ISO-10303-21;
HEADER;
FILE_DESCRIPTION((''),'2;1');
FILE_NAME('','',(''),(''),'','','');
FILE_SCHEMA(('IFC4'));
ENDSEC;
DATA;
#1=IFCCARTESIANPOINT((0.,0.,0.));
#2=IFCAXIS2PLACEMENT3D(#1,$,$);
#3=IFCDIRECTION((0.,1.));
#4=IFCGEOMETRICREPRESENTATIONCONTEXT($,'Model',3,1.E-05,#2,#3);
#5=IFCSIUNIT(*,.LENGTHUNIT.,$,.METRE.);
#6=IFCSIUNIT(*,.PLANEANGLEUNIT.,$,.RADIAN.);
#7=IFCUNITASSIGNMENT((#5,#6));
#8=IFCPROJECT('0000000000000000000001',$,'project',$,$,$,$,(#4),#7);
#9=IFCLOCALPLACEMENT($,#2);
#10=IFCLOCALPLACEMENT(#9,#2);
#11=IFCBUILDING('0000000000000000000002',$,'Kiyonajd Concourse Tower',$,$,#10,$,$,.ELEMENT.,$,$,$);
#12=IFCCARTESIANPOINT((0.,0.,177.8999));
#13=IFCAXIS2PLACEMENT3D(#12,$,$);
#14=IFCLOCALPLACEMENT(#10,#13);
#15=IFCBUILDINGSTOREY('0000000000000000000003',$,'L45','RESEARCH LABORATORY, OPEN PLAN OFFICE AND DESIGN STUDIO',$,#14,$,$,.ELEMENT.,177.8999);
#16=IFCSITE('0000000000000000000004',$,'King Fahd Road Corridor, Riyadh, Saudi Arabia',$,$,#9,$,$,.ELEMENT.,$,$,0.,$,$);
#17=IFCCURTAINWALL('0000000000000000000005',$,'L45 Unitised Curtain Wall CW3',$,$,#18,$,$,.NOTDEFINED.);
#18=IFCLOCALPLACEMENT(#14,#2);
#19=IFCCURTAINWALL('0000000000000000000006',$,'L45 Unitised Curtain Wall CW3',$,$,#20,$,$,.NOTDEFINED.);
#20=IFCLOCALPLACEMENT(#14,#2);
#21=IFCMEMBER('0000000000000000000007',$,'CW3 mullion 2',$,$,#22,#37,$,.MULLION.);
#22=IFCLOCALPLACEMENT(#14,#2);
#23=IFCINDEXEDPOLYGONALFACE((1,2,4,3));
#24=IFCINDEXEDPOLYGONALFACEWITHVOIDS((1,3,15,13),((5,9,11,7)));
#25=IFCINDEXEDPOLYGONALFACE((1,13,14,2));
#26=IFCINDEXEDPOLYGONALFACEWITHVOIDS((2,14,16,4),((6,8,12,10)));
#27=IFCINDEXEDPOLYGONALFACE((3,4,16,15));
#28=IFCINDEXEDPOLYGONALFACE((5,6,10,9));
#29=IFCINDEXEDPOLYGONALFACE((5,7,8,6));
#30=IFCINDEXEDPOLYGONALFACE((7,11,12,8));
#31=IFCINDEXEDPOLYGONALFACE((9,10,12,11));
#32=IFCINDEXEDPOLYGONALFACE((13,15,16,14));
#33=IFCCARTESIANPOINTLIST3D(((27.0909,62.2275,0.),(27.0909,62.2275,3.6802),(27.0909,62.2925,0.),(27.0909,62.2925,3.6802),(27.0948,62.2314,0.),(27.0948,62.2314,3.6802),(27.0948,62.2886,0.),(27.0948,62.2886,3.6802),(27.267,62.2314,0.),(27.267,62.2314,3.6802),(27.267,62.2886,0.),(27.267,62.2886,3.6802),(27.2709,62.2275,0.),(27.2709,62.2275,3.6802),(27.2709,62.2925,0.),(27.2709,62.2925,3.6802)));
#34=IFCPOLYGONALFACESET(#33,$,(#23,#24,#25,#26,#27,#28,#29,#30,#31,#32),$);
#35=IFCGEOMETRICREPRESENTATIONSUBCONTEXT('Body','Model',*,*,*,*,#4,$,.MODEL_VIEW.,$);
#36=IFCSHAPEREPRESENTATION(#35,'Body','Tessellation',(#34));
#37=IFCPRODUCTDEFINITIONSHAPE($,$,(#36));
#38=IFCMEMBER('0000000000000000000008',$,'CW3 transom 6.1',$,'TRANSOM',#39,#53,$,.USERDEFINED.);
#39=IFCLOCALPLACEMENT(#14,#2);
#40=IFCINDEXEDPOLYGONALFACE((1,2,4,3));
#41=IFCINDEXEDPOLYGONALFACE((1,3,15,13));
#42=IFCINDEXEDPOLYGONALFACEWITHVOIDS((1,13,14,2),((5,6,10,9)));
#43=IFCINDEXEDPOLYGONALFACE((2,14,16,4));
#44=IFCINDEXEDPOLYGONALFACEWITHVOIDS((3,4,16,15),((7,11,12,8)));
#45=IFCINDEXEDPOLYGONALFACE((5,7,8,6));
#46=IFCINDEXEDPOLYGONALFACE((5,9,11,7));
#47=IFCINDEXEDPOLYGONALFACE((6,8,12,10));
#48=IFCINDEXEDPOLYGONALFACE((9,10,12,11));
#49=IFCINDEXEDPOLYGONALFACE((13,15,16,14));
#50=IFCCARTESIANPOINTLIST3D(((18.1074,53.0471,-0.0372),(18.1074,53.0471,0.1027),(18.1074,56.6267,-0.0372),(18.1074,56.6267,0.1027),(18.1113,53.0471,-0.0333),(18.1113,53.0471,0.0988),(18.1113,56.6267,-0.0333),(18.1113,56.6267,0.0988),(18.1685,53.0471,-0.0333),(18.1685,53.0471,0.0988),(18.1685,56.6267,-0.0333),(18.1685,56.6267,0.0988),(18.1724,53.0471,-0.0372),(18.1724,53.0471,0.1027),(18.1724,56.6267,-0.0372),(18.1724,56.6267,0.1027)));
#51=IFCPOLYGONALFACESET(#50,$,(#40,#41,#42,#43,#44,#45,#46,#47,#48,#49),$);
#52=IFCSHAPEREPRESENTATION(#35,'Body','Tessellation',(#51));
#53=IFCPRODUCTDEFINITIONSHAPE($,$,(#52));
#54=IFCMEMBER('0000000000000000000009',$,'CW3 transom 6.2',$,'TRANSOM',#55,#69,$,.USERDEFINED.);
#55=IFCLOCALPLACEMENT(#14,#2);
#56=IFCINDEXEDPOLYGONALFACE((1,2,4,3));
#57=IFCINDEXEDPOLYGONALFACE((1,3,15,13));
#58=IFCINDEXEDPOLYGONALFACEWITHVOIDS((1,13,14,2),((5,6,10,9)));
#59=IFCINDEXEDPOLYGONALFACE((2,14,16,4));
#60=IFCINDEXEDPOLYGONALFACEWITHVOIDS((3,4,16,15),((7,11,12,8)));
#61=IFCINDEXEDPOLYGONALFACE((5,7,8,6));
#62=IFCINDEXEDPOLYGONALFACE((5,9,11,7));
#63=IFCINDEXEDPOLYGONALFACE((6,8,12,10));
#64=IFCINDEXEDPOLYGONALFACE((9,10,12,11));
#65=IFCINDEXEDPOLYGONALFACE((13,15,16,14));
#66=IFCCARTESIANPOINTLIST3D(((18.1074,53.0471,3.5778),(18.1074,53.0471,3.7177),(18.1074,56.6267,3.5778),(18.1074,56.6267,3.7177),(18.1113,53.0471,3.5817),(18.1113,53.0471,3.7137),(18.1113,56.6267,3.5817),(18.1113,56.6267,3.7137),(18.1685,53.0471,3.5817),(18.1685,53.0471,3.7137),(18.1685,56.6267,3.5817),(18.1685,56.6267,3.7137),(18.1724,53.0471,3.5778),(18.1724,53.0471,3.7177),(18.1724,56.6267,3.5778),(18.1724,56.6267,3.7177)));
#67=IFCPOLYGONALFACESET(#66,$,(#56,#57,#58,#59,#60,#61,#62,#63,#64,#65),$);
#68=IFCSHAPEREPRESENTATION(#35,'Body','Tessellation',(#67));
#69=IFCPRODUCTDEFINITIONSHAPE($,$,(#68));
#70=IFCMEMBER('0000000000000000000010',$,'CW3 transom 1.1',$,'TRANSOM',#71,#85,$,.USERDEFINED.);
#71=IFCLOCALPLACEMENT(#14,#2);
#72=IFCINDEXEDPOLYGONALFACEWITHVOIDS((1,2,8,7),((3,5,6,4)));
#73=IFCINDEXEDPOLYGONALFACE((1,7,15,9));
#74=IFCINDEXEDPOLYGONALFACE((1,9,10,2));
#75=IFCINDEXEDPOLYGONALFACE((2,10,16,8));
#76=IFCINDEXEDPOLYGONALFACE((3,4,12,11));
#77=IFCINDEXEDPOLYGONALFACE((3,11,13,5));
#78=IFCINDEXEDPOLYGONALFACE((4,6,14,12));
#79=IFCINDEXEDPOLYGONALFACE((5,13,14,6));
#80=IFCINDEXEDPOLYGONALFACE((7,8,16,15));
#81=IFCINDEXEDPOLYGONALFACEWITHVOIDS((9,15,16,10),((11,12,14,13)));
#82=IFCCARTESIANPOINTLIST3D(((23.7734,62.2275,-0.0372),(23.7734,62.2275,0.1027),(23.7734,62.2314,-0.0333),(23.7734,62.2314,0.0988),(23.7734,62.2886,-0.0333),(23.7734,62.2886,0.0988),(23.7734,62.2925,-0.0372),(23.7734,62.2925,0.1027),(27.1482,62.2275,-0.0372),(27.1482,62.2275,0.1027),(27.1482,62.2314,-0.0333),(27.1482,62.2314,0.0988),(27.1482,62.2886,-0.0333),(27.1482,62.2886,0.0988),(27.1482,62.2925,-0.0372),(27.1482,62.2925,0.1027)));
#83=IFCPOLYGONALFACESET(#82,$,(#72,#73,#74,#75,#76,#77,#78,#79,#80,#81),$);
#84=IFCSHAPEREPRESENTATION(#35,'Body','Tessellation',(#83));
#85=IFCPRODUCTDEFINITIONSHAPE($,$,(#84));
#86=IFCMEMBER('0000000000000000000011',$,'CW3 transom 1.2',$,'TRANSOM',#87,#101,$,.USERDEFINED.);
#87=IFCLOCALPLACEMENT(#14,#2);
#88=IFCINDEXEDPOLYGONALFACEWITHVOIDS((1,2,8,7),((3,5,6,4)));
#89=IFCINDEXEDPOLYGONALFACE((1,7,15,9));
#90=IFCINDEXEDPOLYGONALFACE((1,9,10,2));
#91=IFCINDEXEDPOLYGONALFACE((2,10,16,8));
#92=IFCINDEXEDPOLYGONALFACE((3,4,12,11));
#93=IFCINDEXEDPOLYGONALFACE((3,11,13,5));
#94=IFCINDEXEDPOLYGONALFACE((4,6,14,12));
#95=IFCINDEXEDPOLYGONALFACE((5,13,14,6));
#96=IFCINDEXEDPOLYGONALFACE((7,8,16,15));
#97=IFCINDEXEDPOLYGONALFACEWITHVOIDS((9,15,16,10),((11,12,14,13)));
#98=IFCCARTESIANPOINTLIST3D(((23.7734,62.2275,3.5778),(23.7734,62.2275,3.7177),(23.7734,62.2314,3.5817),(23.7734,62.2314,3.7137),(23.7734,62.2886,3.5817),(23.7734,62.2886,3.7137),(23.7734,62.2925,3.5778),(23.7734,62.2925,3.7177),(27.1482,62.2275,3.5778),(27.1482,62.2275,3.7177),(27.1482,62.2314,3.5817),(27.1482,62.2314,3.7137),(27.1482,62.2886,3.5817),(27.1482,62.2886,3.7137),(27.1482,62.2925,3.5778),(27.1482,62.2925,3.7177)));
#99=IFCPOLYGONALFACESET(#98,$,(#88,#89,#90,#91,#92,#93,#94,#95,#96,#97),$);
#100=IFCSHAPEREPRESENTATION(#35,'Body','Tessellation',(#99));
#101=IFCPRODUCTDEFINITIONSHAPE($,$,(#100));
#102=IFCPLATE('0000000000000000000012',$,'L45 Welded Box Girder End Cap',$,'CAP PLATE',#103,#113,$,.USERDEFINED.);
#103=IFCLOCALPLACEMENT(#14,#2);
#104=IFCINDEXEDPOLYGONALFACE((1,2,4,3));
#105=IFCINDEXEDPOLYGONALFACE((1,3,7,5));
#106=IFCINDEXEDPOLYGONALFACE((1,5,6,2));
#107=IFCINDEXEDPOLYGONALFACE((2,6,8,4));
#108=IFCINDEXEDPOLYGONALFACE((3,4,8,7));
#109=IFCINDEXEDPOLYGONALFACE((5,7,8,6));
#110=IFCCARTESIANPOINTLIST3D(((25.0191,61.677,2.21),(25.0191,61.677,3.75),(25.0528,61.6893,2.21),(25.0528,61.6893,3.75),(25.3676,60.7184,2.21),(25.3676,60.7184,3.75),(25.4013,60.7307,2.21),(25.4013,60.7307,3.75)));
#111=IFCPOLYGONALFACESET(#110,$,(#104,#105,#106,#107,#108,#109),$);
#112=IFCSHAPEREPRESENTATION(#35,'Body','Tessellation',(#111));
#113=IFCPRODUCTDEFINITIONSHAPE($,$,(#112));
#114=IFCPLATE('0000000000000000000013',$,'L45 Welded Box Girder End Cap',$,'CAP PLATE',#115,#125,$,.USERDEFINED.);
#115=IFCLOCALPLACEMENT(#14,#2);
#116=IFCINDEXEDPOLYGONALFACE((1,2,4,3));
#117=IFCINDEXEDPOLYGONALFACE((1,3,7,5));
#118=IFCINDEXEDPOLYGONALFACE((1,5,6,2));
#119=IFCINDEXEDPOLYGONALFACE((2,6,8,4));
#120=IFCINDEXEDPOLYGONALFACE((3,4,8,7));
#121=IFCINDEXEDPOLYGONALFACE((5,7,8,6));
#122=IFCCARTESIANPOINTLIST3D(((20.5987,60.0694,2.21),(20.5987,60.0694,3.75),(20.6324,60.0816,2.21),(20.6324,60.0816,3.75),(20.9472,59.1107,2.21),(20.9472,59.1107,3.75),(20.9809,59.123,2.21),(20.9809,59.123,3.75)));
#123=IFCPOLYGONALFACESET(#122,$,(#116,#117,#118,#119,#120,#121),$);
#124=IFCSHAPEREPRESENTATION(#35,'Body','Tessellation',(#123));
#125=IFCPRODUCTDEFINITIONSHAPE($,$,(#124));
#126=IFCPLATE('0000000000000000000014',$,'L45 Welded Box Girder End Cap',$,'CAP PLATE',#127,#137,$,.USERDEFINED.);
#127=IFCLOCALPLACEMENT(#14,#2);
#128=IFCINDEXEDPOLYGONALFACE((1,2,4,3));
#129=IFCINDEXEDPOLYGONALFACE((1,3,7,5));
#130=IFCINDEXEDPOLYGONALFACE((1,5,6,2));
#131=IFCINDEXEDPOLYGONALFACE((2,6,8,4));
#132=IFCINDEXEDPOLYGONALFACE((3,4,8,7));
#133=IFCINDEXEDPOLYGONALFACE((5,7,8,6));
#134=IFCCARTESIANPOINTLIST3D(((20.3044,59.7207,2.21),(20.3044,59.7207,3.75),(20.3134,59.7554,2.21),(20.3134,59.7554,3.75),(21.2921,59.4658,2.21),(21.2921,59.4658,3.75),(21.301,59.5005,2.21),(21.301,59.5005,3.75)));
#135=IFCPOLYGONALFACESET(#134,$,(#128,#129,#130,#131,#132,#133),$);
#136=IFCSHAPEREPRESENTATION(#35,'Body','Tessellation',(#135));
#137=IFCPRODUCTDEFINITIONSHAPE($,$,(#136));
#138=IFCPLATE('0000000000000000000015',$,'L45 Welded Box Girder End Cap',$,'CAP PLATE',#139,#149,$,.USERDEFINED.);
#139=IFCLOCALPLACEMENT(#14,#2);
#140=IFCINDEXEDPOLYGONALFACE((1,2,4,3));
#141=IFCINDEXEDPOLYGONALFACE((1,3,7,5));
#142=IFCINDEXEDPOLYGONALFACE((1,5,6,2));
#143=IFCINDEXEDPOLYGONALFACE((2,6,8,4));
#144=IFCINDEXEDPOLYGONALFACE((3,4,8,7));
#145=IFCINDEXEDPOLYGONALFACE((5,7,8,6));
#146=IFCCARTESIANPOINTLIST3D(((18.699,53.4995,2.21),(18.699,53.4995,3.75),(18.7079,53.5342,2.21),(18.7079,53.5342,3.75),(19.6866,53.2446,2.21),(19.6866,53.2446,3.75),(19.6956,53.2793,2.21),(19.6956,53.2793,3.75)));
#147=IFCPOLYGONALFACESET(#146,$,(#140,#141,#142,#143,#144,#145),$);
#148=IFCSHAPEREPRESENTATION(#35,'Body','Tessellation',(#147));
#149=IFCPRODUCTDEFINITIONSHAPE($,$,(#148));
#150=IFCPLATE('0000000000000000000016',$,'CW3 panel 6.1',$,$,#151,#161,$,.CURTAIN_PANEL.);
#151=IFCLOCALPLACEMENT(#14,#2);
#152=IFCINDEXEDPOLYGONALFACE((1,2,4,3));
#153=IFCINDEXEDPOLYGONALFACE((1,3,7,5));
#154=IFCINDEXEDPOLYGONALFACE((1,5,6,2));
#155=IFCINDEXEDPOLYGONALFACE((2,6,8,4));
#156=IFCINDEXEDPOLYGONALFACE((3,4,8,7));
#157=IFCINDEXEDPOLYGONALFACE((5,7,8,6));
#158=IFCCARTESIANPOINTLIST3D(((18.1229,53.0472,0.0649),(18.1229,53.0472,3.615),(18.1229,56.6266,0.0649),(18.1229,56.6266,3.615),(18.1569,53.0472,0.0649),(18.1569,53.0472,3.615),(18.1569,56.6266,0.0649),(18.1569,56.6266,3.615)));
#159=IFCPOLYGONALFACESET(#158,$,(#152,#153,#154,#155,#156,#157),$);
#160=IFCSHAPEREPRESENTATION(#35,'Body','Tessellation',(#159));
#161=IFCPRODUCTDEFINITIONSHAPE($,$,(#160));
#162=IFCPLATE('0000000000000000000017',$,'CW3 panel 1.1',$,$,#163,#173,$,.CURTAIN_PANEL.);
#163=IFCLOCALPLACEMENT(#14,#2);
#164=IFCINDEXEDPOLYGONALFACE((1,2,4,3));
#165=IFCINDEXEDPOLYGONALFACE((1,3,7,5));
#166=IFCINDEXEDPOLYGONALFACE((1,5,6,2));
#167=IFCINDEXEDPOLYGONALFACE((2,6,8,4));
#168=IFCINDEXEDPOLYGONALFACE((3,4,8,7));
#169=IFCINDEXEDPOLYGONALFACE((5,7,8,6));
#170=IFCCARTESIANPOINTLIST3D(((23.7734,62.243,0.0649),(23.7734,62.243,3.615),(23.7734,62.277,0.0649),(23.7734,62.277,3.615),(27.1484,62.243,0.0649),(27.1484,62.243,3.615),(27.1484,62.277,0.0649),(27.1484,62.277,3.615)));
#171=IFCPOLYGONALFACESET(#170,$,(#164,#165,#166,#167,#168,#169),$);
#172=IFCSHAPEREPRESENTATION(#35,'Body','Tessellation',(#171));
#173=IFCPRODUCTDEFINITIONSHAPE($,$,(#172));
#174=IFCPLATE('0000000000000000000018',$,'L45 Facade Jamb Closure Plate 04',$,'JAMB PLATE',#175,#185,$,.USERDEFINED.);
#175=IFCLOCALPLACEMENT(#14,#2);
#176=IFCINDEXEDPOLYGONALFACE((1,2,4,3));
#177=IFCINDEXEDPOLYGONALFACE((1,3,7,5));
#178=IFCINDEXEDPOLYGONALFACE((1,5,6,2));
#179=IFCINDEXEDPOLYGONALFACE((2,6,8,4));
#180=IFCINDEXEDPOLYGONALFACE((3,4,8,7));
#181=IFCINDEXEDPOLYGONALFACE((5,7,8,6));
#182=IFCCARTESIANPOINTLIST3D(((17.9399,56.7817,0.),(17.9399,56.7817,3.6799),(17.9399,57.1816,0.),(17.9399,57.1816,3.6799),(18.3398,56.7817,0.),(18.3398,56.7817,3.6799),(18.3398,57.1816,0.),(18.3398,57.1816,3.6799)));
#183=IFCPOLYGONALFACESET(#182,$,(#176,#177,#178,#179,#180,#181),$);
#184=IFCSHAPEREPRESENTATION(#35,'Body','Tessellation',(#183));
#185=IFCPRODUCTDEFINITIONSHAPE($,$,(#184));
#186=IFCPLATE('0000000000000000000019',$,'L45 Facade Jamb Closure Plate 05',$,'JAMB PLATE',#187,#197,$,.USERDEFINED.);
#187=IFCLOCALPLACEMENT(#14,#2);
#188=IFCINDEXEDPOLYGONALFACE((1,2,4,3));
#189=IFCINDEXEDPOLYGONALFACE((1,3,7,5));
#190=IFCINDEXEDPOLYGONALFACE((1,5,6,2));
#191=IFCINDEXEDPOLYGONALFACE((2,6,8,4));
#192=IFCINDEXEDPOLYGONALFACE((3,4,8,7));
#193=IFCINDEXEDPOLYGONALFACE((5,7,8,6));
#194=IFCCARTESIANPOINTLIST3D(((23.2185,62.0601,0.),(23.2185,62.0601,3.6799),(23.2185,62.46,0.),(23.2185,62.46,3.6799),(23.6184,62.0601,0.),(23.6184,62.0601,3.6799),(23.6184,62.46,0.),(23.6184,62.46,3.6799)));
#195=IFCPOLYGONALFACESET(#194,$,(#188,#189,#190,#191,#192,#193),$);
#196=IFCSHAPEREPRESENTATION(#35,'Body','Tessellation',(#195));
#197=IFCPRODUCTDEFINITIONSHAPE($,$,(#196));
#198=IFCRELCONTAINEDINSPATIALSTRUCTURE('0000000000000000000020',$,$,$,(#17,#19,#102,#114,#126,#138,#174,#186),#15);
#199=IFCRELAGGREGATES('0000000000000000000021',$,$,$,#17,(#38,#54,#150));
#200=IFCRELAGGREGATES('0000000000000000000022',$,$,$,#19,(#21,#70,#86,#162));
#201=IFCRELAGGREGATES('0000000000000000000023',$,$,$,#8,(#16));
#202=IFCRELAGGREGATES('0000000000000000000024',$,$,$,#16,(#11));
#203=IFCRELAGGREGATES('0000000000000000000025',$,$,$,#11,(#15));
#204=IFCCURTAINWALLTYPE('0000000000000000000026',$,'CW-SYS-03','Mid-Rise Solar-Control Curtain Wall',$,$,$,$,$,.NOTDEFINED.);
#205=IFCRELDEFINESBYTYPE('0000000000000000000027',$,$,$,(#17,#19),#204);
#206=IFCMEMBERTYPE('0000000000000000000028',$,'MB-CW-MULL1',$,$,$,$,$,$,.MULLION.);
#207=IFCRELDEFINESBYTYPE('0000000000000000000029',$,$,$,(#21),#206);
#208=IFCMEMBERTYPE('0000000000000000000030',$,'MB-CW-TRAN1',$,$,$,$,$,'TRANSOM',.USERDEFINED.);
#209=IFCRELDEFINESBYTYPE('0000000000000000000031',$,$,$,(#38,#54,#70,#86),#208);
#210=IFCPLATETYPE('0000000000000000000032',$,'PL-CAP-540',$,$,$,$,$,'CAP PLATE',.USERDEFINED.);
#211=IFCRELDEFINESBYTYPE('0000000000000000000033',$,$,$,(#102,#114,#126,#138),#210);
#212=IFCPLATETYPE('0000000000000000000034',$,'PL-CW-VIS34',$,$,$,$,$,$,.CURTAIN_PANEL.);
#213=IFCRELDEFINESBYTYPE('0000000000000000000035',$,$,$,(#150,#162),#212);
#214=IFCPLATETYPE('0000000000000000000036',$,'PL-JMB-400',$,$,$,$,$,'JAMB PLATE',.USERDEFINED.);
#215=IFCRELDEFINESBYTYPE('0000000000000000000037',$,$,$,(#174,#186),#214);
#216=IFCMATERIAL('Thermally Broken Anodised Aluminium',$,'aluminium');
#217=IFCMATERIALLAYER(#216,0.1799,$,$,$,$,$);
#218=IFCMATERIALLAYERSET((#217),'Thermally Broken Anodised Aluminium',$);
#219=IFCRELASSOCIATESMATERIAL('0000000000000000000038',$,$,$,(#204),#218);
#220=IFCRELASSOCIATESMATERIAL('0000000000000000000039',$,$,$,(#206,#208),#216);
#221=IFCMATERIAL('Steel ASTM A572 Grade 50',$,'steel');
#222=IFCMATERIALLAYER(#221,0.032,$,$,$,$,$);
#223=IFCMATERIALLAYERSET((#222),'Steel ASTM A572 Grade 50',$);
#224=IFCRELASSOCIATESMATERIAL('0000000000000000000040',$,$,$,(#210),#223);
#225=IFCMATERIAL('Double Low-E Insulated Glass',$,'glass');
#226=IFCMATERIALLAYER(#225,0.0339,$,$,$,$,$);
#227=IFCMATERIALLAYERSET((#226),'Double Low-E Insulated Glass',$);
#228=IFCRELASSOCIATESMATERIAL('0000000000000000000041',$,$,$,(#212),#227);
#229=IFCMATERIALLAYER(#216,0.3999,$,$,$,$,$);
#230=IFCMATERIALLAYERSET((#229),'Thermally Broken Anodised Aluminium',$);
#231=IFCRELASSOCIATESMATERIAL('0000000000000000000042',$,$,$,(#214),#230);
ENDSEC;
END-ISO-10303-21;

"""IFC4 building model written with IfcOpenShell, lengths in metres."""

from ifc_helpers import new_model, si_unit, direction, frame, origin, origin_2d, place, context, subcontext, project, spatial, rectangle, hollow_rectangle, extrude, material, layer, layer_set, material_profile, profile_set, type_object, element, aggregate, save


model = new_model("IFC4")

# Units and contexts
model_context = context("Model", 3, precision=1e-05, world=origin(), true_north=direction((0.0, 1.0)))
body_context = subcontext(model_context, "Body", "Model", "MODEL_VIEW")
ifc_project = project(units=[si_unit("LENGTHUNIT", "METRE"), si_unit("PLANEANGLEUNIT", "RADIAN")], contexts=[model_context])

# Site, building, storey
site_placement = place(None, origin())
site = spatial("IfcSite", under=ifc_project, at=site_placement, Name="King Fahd Road Corridor, Riyadh, Saudi Arabia", CompositionType="ELEMENT", RefElevation=0.0)
building_placement = place(site_placement, origin())
building = spatial("IfcBuilding", under=site, at=building_placement, Name="Kiyonajd Concourse Tower", CompositionType="ELEMENT")
storey_placement = place(building_placement, frame((0.0, 0.0, 177.8999)))
storey = spatial("IfcBuildingStorey", under=building, at=storey_placement, Name="L45", Description="RESEARCH LABORATORY, OPEN PLAN OFFICE AND DESIGN STUDIO", CompositionType="ELEMENT", Elevation=177.8999)

# Shared definitions
ifc_material_1 = material(Name="Steel ASTM A572 Grade 50", Category="steel")

# Curtain walls, member
ifc_material_2 = material(Name="Thermally Broken Anodised Aluminium", Category="aluminium")
ifc_layer_1 = layer(ifc_material_2, 0.1799)
ifc_layer_set_1 = layer_set([ifc_layer_1], Name="Thermally Broken Anodised Aluminium")
curtain_wall_type = type_object("IfcCurtainWallType", Name="CW-SYS-03", Description="Mid-Rise Solar-Control Curtain Wall", PredefinedType="NOTDEFINED", material=ifc_layer_set_1)
curtain_wall_1_placement = place(storey_placement, origin())
curtain_wall_1 = element("IfcCurtainWall", 1, at=curtain_wall_1_placement, inside=storey, type_object=curtain_wall_type, Name="L45 Unitised Curtain Wall CW3", PredefinedType="NOTDEFINED")
ifc_material_profile_1 = material_profile(ifc_material_2, hollow_rectangle(XDim=0.0649, YDim=0.1799, WallThickness=0.0039, at=origin_2d()), Name="MULL-65x180")
ifc_profile_set_1 = profile_set([ifc_material_profile_1], Name="Thermally Broken Anodised Aluminium")
member_type_1 = type_object("IfcMemberType", Name="MB-CW-MULL1", PredefinedType="MULLION", material=ifc_profile_set_1)
curtain_wall_2_placement = place(storey_placement, origin())
curtain_wall_2 = element("IfcCurtainWall", 2, at=curtain_wall_2_placement, inside=storey, type_object=curtain_wall_type, Name="L45 Unitised Curtain Wall CW3", PredefinedType="NOTDEFINED")
member_1_placement = place(storey_placement, frame((27.1809, 62.26, 0.0), z_axis=(0.0, 0.0, 1.0), x_axis=(0.0, 1.0, 0.0)))
member_1 = element("IfcMember", 3, at=member_1_placement, type_object=member_type_1, Name="CW3 mullion 2", PredefinedType="MULLION", context=body_context, shape_type="SweptSolid", body=[
    extrude(hollow_rectangle(XDim=0.0649, YDim=0.1799, WallThickness=0.0039, at=origin_2d()), origin(), (0.0, 0.0, 1.0), 3.6802),
])

# Members
ifc_material_profile_2 = material_profile(ifc_material_2, hollow_rectangle(XDim=0.0649, YDim=0.1399, WallThickness=0.0039, at=origin_2d()), Name="TRAN-65x140")
ifc_profile_set_2 = profile_set([ifc_material_profile_2], Name="Thermally Broken Anodised Aluminium")
member_type_2 = type_object("IfcMemberType", Name="MB-CW-TRAN1", ElementType="TRANSOM", PredefinedType="USERDEFINED", material=ifc_profile_set_2)
member_2_placement = place(storey_placement, frame((18.1399, 53.0471, 0.0327), z_axis=(0.0, 1.0, 0.0), x_axis=(-1.0, 0.0, 0.0)))
member_2 = element("IfcMember", 4, at=member_2_placement, type_object=member_type_2, Name="CW3 transom 6.1", ObjectType="TRANSOM", PredefinedType="USERDEFINED", context=body_context, shape_type="SweptSolid", body=[
    extrude(hollow_rectangle(XDim=0.0649, YDim=0.1399, WallThickness=0.0039, at=origin_2d()), origin(), (0.0, 0.0, 1.0), 3.5796),
])
member_3_placement = place(storey_placement, frame((18.1399, 53.0471, 3.6477), z_axis=(0.0, 1.0, 0.0), x_axis=(-1.0, 0.0, 0.0)))
member_3 = element("IfcMember", 5, at=member_3_placement, type_object=member_type_2, Name="CW3 transom 6.2", ObjectType="TRANSOM", PredefinedType="USERDEFINED", context=body_context, shape_type="SweptSolid", body=[
    extrude(hollow_rectangle(XDim=0.0649, YDim=0.1399, WallThickness=0.0039, at=origin_2d()), origin(), (0.0, 0.0, 1.0), 3.5796),
])
member_4_placement = place(storey_placement, frame((23.7734, 62.26, 0.0327), z_axis=(1.0, 0.0, 0.0), x_axis=(0.0, 1.0, 0.0)))
member_4 = element("IfcMember", 6, at=member_4_placement, type_object=member_type_2, Name="CW3 transom 1.1", ObjectType="TRANSOM", PredefinedType="USERDEFINED", context=body_context, shape_type="SweptSolid", body=[
    extrude(hollow_rectangle(XDim=0.0649, YDim=0.1399, WallThickness=0.0039, at=origin_2d()), origin(), (0.0, 0.0, 1.0), 3.3748),
])
member_5_placement = place(storey_placement, frame((23.7734, 62.26, 3.6477), z_axis=(1.0, 0.0, 0.0), x_axis=(0.0, 1.0, 0.0)))
member_5 = element("IfcMember", 7, at=member_5_placement, type_object=member_type_2, Name="CW3 transom 1.2", ObjectType="TRANSOM", PredefinedType="USERDEFINED", context=body_context, shape_type="SweptSolid", body=[
    extrude(hollow_rectangle(XDim=0.0649, YDim=0.1399, WallThickness=0.0039, at=origin_2d()), origin(), (0.0, 0.0, 1.0), 3.3748),
])

# Plates
ifc_layer_2 = layer(ifc_material_1, 0.032)
ifc_layer_set_2 = layer_set([ifc_layer_2], Name="Steel ASTM A572 Grade 50")
plate_type_1 = type_object("IfcPlateType", Name="PL-CAP-540", ElementType="CAP PLATE", PredefinedType="USERDEFINED", material=ifc_layer_set_2)
for number, where, z_axis, x_axis, name in (
    (8, (25.2102, 61.2039, 2.21), (0.0, 0.0, 1.0), (0.939812, 0.341692, 0.0), "L45 Welded Box Girder End Cap"),
    (9, (20.7898, 59.5962, 2.21), (0.0, 0.0, 1.0), (-0.939812, -0.341692, 0.0), "L45 Welded Box Girder End Cap"),
    (10, (20.8027, 59.6106, 2.21), (0.0, 0.0, 1.0), (0.249873, 0.968279, 0.0), "L45 Welded Box Girder End Cap"),
    (11, (19.1973, 53.3894, 2.21), (0.0, 0.0, 1.0), (-0.249873, -0.968279, 0.0), "L45 Welded Box Girder End Cap"),
):
    element("IfcPlate", number, at=place(storey_placement, frame(where, z_axis=z_axis, x_axis=x_axis)), inside=storey, type_object=plate_type_1, Name=name, ObjectType="CAP PLATE", PredefinedType="USERDEFINED", context=body_context, shape_type="SweptSolid", body=[
        extrude(rectangle(XDim=0.0359, YDim=1.02, at=origin_2d()), origin(), (0.0, 0.0, 1.0), 1.54),
    ])

# Plates
ifc_material_3 = material(Name="Double Low-E Insulated Glass", Category="glass")
ifc_layer_3 = layer(ifc_material_3, 0.0339)
ifc_layer_set_3 = layer_set([ifc_layer_3], Name="Double Low-E Insulated Glass")
plate_type_2 = type_object("IfcPlateType", Name="PL-CW-VIS34", PredefinedType="CURTAIN_PANEL", material=ifc_layer_set_3)
plate_1_placement = place(storey_placement, frame((18.1399, 54.8369, 0.0649), z_axis=(0.0, 0.0, 1.0), x_axis=(0.0, 1.0, 0.0)))
plate_1 = element("IfcPlate", 12, at=plate_1_placement, type_object=plate_type_2, Name="CW3 panel 6.1", PredefinedType="CURTAIN_PANEL", context=body_context, shape_type="SweptSolid", body=[
    extrude(rectangle(XDim=3.5793, YDim=0.0339, at=origin_2d()), origin(), (0.0, 0.0, 1.0), 3.55),
])
aggregate(curtain_wall_1, [member_2, member_3, plate_1])
plate_2_placement = place(storey_placement, frame((25.4609, 62.26, 0.0649), z_axis=(0.0, 0.0, 1.0), x_axis=(1.0, 0.0, 0.0)))
plate_2 = element("IfcPlate", 13, at=plate_2_placement, type_object=plate_type_2, Name="CW3 panel 1.1", PredefinedType="CURTAIN_PANEL", context=body_context, shape_type="SweptSolid", body=[
    extrude(rectangle(XDim=3.375, YDim=0.0339, at=origin_2d()), origin(), (0.0, 0.0, 1.0), 3.55),
])
aggregate(curtain_wall_2, [member_1, member_4, member_5, plate_2])

# Plates
ifc_layer_4 = layer(ifc_material_2, 0.3999)
ifc_layer_set_4 = layer_set([ifc_layer_4], Name="Thermally Broken Anodised Aluminium")
plate_type_3 = type_object("IfcPlateType", Name="PL-JMB-400", ElementType="JAMB PLATE", PredefinedType="USERDEFINED", material=ifc_layer_set_4)
for number, where, z_axis, x_axis, name in (
    (14, (18.1399, 56.9817, 0.0), (0.0, 0.0, 1.0), (1.0, 0.0, 0.0), "L45 Facade Jamb Closure Plate 04"),
    (15, (23.4185, 62.26, 0.0), (0.0, 0.0, 1.0), (1.0, 0.0, 0.0), "L45 Facade Jamb Closure Plate 05"),
):
    element("IfcPlate", number, at=place(storey_placement, frame(where, z_axis=z_axis, x_axis=x_axis)), inside=storey, type_object=plate_type_3, Name=name, ObjectType="JAMB PLATE", PredefinedType="USERDEFINED", context=body_context, shape_type="SweptSolid", body=[
        extrude(rectangle(XDim=0.3999, YDim=0.3999, at=origin_2d()), origin(), (0.0, 0.0, 1.0), 3.6799),
    ])

save(model, "model.ifc")
